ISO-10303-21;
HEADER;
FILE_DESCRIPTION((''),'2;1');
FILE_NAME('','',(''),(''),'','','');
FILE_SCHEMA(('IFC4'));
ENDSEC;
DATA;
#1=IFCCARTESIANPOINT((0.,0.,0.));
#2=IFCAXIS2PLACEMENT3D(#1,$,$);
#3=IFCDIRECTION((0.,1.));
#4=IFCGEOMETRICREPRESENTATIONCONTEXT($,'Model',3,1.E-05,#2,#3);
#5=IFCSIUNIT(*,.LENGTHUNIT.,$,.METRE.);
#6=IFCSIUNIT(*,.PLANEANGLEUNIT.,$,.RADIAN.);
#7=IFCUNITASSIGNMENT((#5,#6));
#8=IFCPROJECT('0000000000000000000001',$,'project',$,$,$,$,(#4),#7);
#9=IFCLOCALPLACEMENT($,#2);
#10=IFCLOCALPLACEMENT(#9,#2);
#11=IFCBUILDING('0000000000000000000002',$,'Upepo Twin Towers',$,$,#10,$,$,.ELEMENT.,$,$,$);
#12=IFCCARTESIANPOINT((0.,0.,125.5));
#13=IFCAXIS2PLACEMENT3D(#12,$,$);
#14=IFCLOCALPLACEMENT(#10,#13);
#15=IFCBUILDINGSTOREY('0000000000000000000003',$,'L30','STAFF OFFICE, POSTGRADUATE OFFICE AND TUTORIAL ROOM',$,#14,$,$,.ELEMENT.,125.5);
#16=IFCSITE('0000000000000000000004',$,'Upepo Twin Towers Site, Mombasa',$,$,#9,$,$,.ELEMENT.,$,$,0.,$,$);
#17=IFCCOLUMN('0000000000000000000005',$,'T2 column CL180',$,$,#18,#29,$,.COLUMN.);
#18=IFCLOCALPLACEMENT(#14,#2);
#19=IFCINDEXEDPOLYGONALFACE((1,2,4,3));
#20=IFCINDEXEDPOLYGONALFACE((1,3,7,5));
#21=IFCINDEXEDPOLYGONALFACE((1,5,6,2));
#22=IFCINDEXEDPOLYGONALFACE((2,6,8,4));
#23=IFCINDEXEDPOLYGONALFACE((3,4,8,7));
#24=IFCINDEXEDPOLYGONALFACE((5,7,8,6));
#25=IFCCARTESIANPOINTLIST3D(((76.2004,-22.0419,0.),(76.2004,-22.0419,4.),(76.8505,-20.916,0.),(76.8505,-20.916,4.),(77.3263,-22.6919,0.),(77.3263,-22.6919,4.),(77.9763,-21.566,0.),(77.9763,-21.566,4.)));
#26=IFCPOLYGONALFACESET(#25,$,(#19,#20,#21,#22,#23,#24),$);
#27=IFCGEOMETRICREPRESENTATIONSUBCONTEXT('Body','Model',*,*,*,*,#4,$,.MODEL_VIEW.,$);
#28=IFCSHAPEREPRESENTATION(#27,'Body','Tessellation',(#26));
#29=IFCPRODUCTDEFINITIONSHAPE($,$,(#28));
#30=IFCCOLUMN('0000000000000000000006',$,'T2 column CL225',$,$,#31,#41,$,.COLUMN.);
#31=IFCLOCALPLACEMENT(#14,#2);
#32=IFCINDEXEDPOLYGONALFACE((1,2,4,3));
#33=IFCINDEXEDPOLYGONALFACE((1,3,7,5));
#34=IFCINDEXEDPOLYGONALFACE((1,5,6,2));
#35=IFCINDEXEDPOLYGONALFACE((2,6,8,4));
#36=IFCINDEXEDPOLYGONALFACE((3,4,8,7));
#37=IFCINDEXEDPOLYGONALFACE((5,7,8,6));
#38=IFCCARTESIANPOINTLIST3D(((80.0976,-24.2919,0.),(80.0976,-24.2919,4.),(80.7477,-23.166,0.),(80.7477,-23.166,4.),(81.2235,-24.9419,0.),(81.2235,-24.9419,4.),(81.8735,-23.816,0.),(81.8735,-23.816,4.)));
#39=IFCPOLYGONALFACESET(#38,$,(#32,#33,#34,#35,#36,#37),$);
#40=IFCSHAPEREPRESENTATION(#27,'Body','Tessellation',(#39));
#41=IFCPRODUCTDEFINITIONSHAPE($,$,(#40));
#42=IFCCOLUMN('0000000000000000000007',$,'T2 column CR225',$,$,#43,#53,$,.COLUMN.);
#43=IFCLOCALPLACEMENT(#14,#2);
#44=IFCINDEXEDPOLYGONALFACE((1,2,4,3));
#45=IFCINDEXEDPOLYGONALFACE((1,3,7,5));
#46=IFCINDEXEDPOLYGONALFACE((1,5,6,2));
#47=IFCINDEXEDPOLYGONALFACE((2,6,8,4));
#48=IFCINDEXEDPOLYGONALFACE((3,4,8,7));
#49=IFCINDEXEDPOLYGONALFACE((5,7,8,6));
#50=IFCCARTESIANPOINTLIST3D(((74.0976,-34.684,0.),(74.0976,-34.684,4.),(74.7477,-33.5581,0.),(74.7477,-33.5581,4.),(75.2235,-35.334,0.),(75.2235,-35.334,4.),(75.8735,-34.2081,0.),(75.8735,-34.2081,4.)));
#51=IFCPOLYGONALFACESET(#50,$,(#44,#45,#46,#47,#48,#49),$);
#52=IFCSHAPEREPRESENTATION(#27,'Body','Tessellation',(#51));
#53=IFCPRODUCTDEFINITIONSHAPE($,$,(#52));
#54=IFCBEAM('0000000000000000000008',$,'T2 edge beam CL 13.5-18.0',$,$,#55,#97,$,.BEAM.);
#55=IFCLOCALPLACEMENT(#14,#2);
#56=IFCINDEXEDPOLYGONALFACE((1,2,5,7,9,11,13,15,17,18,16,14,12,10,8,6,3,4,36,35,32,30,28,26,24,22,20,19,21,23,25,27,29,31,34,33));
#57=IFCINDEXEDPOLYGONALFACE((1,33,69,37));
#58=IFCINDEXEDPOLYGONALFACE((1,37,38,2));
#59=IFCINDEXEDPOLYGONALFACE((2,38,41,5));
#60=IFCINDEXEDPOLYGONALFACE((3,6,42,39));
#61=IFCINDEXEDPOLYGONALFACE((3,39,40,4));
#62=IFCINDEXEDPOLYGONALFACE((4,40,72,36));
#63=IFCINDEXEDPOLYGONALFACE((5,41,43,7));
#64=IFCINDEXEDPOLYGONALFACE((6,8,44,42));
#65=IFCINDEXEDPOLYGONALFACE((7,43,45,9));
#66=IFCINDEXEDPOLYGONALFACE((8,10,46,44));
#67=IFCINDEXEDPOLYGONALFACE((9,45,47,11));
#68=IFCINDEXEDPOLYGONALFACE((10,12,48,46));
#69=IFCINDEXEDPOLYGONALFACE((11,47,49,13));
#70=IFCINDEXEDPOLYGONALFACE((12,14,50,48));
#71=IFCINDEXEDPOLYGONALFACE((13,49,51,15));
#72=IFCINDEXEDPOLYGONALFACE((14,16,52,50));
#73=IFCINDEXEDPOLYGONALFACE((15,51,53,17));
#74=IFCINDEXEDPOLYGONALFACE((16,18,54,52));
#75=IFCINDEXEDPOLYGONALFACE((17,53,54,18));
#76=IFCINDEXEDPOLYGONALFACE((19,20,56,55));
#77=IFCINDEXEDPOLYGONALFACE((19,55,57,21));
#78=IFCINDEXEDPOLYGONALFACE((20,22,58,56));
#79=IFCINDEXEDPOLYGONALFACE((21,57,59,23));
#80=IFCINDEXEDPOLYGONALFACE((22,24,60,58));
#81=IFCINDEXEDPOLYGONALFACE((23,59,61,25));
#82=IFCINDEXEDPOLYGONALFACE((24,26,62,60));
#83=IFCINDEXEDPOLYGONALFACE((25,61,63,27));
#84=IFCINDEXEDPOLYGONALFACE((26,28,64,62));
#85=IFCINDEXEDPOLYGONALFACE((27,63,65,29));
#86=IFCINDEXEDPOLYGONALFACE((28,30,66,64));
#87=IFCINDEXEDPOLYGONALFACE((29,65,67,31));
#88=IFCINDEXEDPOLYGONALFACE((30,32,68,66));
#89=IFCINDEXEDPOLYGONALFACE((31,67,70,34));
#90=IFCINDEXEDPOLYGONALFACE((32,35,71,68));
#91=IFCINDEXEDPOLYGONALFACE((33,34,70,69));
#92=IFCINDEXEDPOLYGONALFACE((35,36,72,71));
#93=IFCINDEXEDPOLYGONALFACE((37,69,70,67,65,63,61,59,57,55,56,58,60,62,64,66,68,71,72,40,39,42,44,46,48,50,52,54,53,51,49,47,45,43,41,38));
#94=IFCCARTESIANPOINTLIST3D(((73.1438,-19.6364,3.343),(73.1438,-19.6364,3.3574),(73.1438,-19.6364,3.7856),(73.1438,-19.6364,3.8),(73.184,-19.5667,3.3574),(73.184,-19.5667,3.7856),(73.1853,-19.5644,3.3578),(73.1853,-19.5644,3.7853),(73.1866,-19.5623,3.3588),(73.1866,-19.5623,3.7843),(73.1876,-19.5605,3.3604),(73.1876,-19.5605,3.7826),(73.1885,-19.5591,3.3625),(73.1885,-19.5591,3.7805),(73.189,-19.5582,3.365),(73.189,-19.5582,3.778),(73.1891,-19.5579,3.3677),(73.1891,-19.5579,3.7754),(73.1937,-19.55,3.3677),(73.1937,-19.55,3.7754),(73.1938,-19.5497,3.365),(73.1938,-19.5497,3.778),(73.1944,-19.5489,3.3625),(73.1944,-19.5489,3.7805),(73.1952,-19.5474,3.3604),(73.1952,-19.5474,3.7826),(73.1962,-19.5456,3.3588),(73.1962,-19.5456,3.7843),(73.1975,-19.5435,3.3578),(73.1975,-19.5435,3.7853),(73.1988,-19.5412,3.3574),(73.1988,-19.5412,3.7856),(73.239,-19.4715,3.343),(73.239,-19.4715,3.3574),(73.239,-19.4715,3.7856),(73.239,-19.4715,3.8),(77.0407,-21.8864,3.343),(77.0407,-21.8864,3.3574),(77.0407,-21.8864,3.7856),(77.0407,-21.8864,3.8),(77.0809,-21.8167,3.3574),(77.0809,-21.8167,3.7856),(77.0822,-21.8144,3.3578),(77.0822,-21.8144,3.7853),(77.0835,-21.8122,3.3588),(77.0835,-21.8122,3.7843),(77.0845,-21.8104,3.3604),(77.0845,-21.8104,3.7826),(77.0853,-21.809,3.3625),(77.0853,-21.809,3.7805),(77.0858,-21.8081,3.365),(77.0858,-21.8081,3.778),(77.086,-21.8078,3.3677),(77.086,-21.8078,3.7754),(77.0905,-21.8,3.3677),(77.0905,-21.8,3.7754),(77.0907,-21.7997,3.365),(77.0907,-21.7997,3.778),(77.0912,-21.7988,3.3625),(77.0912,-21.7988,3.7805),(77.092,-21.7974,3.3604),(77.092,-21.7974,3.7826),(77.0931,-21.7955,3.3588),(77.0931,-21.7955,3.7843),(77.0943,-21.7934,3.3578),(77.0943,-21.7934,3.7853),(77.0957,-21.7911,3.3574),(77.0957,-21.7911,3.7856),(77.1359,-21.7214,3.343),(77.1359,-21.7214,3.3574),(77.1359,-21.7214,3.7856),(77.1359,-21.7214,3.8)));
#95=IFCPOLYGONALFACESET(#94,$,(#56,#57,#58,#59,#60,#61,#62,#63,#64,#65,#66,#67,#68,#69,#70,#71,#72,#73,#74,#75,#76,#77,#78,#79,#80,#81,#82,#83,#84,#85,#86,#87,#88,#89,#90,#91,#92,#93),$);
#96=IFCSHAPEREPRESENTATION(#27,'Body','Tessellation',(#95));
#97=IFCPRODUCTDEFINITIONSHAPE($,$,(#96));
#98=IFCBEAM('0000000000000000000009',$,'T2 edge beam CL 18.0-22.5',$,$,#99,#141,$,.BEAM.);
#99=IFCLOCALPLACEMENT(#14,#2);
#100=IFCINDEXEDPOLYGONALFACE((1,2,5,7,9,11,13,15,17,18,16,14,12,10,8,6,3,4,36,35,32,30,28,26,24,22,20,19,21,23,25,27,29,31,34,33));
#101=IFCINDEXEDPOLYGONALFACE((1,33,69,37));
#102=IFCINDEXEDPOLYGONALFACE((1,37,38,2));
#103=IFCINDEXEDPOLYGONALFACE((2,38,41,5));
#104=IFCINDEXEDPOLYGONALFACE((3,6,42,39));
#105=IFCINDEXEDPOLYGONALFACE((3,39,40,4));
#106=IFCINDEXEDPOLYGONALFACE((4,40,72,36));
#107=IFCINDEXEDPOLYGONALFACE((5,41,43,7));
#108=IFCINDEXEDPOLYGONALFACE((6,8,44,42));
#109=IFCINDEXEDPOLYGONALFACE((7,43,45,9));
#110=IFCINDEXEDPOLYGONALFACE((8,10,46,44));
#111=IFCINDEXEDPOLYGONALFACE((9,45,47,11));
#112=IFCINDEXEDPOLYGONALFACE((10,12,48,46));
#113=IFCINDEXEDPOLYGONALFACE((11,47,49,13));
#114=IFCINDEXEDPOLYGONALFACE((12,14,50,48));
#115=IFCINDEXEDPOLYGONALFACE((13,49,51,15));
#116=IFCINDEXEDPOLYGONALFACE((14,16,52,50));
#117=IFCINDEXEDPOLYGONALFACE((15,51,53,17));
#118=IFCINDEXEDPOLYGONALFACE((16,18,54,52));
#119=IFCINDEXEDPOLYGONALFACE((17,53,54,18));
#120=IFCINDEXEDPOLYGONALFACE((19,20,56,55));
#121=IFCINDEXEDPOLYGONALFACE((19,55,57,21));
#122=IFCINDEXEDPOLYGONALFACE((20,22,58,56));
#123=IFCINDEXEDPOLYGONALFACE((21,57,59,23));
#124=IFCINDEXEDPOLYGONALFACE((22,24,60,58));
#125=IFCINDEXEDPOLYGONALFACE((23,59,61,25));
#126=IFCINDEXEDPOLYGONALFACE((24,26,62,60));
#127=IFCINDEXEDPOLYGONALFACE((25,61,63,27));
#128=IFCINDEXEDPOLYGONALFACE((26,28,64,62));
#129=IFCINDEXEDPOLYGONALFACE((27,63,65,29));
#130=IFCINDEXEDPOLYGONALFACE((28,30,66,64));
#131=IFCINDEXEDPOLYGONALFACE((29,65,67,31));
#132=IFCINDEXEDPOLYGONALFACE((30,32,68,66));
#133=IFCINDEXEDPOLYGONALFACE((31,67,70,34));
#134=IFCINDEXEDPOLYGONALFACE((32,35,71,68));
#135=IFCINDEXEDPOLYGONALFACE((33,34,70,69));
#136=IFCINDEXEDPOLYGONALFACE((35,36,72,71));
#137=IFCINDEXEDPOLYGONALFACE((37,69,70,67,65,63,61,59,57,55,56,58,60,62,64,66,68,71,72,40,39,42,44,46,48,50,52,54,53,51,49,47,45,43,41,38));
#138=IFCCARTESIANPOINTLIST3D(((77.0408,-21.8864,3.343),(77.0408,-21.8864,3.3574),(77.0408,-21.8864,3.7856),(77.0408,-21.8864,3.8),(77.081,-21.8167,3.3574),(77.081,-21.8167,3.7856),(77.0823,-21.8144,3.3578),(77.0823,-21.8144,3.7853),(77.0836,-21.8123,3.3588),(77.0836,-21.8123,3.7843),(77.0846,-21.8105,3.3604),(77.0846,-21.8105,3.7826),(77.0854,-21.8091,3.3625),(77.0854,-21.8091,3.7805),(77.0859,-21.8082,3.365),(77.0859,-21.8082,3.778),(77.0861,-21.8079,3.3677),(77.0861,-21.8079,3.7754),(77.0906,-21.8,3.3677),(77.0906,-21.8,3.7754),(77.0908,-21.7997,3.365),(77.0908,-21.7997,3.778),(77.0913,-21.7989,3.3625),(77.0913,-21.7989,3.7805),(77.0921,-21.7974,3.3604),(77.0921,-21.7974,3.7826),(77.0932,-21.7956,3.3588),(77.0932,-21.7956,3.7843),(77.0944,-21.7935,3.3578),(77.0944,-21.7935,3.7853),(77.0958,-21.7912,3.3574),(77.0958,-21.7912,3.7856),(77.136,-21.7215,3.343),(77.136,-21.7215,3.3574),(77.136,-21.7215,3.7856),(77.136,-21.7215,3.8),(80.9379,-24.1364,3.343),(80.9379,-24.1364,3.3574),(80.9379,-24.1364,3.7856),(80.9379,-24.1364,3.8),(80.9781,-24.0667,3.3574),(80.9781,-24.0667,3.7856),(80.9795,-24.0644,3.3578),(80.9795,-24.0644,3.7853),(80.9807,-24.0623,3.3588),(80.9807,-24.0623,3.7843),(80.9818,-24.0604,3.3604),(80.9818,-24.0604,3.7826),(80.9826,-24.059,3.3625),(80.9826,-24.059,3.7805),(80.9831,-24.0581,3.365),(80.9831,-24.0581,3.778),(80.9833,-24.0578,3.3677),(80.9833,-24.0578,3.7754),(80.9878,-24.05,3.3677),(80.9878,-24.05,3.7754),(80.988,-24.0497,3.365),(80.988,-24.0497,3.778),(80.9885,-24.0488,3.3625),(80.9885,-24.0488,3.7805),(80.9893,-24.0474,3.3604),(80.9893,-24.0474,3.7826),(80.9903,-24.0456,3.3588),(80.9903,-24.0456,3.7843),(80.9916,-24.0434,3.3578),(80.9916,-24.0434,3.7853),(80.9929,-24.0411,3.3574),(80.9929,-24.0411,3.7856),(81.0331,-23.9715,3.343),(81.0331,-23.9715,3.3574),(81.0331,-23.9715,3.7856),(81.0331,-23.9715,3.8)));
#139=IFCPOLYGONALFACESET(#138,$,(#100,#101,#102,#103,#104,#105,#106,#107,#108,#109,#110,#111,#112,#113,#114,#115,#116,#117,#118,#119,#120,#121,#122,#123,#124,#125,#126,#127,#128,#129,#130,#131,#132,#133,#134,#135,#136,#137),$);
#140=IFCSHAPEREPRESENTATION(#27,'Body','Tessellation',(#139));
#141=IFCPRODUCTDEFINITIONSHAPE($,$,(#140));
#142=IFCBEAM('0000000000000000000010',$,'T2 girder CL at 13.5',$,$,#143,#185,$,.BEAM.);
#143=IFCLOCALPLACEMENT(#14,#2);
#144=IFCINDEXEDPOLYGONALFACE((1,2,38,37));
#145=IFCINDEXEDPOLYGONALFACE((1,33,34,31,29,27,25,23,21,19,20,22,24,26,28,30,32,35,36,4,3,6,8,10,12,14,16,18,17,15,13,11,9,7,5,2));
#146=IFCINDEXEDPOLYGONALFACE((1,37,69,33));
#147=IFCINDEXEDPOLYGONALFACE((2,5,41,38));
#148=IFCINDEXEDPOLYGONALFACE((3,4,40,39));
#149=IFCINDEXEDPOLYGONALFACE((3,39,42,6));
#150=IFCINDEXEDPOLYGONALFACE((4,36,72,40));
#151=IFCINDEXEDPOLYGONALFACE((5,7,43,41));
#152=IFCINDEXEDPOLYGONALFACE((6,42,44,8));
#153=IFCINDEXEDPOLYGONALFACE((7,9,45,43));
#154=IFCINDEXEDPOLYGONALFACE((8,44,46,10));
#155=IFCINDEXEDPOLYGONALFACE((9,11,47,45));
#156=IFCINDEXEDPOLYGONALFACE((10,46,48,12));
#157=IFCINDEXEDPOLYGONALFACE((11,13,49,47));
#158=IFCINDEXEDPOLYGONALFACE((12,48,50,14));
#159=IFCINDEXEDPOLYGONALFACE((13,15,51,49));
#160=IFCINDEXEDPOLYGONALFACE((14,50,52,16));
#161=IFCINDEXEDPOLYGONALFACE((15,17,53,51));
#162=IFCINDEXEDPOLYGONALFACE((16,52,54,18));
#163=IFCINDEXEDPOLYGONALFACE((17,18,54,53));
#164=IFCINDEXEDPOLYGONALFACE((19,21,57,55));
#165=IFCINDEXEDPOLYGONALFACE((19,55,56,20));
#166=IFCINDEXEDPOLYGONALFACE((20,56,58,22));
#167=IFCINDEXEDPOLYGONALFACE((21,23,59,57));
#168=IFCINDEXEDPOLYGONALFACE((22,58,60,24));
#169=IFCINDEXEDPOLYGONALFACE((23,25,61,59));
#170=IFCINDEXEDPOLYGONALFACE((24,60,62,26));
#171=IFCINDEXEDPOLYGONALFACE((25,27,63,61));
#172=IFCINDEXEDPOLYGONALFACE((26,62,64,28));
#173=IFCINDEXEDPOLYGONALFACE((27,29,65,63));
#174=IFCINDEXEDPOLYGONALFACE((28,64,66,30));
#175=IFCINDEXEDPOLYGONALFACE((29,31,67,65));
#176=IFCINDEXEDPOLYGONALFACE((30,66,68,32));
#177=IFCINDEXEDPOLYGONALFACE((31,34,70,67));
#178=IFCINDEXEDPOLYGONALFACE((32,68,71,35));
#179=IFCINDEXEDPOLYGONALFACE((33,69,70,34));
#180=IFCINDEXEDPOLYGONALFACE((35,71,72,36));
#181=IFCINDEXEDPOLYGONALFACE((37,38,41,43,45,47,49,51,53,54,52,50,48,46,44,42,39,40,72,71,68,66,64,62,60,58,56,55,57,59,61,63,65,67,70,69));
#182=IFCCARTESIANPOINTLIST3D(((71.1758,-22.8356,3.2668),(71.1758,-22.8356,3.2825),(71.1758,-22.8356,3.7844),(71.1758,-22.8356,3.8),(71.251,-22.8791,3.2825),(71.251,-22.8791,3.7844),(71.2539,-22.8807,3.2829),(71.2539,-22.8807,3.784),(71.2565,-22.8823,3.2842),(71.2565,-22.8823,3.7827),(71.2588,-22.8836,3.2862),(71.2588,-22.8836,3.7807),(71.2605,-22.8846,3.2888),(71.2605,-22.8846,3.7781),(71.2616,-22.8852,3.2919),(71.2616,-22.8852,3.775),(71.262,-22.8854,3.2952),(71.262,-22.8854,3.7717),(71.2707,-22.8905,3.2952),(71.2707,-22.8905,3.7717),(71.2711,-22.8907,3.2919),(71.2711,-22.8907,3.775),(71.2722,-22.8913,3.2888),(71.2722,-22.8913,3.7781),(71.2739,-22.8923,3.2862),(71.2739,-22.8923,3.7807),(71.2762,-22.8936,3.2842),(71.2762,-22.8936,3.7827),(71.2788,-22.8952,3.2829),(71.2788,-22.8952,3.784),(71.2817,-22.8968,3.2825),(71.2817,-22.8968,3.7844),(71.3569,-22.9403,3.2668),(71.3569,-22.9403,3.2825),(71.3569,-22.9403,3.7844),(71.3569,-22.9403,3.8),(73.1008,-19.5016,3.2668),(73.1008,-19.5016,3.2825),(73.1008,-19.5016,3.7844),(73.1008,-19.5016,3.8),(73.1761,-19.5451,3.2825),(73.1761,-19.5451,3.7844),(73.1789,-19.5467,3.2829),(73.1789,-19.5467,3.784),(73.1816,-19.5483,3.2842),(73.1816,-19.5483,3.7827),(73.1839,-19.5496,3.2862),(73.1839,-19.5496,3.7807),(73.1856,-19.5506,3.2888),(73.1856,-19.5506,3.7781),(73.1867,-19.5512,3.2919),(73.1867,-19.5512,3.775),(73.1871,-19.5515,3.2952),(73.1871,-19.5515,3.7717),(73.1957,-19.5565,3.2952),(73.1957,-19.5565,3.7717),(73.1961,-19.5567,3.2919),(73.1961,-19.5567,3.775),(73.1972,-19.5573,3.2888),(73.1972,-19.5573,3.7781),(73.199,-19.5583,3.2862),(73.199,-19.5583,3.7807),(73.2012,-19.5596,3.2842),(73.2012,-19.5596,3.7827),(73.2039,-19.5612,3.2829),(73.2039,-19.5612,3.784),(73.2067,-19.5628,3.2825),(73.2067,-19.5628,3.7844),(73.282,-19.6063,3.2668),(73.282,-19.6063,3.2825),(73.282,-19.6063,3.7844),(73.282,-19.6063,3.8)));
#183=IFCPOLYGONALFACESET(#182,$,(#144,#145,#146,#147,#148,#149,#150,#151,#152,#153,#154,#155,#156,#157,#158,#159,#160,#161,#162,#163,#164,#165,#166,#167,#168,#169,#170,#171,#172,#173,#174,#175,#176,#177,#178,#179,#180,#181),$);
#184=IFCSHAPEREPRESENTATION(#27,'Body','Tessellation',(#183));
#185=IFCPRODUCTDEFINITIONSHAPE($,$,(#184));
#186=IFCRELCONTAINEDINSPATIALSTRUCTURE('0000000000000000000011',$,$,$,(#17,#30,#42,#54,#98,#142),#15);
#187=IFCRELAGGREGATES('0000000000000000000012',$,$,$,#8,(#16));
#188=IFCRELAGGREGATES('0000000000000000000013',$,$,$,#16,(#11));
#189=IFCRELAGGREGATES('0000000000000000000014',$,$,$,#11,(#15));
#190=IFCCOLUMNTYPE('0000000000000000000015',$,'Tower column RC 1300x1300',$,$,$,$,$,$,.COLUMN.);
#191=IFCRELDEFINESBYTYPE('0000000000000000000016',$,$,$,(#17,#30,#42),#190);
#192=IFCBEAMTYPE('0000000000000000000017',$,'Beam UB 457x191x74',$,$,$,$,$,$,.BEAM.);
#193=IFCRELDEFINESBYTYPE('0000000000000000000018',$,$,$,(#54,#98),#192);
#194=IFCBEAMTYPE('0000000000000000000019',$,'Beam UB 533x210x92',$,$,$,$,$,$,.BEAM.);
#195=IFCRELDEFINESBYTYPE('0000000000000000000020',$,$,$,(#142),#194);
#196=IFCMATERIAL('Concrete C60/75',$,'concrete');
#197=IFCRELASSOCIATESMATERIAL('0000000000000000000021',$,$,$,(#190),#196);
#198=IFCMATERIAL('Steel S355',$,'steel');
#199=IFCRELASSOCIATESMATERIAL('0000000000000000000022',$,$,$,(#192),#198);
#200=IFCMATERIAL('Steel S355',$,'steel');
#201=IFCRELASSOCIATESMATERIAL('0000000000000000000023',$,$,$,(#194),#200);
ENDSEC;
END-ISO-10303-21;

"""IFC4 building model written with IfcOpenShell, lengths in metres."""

from ifc_helpers import new_model, si_unit, direction, frame, origin, origin_2d, place, context, subcontext, project, spatial, rectangle, i_section, extrude, material, material_profile, profile_set, type_object, element, save


model = new_model("IFC4")

# Units and contexts
model_context = context("Model", 3, precision=1e-05, world=origin(), true_north=direction((0.0, 1.0)))
body_context = subcontext(model_context, "Body", "Model", "MODEL_VIEW")
ifc_project = project(units=[si_unit("LENGTHUNIT", "METRE"), si_unit("PLANEANGLEUNIT", "RADIAN")], contexts=[model_context])

# Site, building, storey
site_placement = place(None, origin())
site = spatial("IfcSite", under=ifc_project, at=site_placement, Name="Upepo Twin Towers Site, Mombasa", CompositionType="ELEMENT", RefElevation=0.0)
building_placement = place(site_placement, origin())
building = spatial("IfcBuilding", under=site, at=building_placement, Name="Upepo Twin Towers", CompositionType="ELEMENT")
storey_placement = place(building_placement, frame((0.0, 0.0, 125.5)))
storey = spatial("IfcBuildingStorey", under=building, at=storey_placement, Name="L30", Description="STAFF OFFICE, POSTGRADUATE OFFICE AND TUTORIAL ROOM", CompositionType="ELEMENT", Elevation=125.5)

# Columns
ifc_material_1 = material(Name="Concrete C60/75", Category="concrete")
ifc_material_profile_1 = material_profile(ifc_material_1, rectangle(XDim=1.3, YDim=1.3, at=origin_2d()), Name="RC 1300x1300")
ifc_profile_set_1 = profile_set([ifc_material_profile_1], Name="Concrete C60/75")
column_type = type_object("IfcColumnType", Name="Tower column RC 1300x1300", PredefinedType="COLUMN", material=ifc_profile_set_1)
for number, where, z_axis, x_axis, name in (
    (1, (77.0884, -21.804, 0.0), (0.0, 0.0, 1.0), (0.5, 0.866025, 0.0), "T2 column CL180"),
    (2, (80.9856, -24.054, 0.0), (0.0, 0.0, 1.0), (0.5, 0.866025, 0.0), "T2 column CL225"),
    (3, (74.9856, -34.446, 0.0), (0.0, 0.0, 1.0), (0.5, 0.866025, 0.0), "T2 column CR225"),
):
    element("IfcColumn", number, at=place(storey_placement, frame(where, z_axis=z_axis, x_axis=x_axis)), inside=storey, type_object=column_type, Name=name, PredefinedType="COLUMN", context=body_context, shape_type="SweptSolid", body=[
        extrude(rectangle(XDim=1.3, YDim=1.3, at=origin_2d()), origin(), (0.0, 0.0, 1.0), 4.0),
    ])

# Beams
ifc_material_2 = material(Name="Steel S355", Category="steel")
ifc_material_profile_2 = material_profile(ifc_material_2, i_section(OverallWidth=0.1904, OverallDepth=0.457, WebThickness=0.009, FlangeThickness=0.0144, FilletRadius=0.0103, at=origin_2d()), Name="UB 457x191x74")
ifc_profile_set_2 = profile_set([ifc_material_profile_2], Name="Steel S355")
beam_type_1 = type_object("IfcBeamType", Name="Beam UB 457x191x74", PredefinedType="BEAM", material=ifc_profile_set_2)
beam_1_placement = place(storey_placement, frame((73.1914, -19.554, 3.5715), z_axis=(0.866018, -0.500014, 0.0), x_axis=(0.500014, 0.866018, 0.0)))
element("IfcBeam", 4, at=beam_1_placement, inside=storey, type_object=beam_type_1, Name="T2 edge beam CL 13.5-18.0", PredefinedType="BEAM", context=body_context, shape_type="SweptSolid", body=[
    extrude(i_section(OverallWidth=0.1904, OverallDepth=0.457, WebThickness=0.009, FlangeThickness=0.0144, FilletRadius=0.0103, at=origin_2d()), origin(), (0.0, 0.0, 1.0), 4.4998),
])
beam_2_placement = place(storey_placement, frame((77.0884, -21.804, 3.5715), z_axis=(0.866031, -0.49999, 0.0), x_axis=(0.49999, 0.866031, 0.0)))
element("IfcBeam", 5, at=beam_2_placement, inside=storey, type_object=beam_type_1, Name="T2 edge beam CL 18.0-22.5", PredefinedType="BEAM", context=body_context, shape_type="SweptSolid", body=[
    extrude(i_section(OverallWidth=0.1904, OverallDepth=0.457, WebThickness=0.009, FlangeThickness=0.0144, FilletRadius=0.0103, at=origin_2d()), origin(), (0.0, 0.0, 1.0), 4.5),
])
ifc_material_3 = material(Name="Steel S355", Category="steel")
ifc_material_profile_3 = material_profile(ifc_material_3, i_section(OverallWidth=0.2092, OverallDepth=0.5332, WebThickness=0.01, FlangeThickness=0.0156, FilletRadius=0.0127, at=origin_2d()), Name="UB 533x210x92")
ifc_profile_set_3 = profile_set([ifc_material_profile_3], Name="Steel S355")
beam_type_2 = type_object("IfcBeamType", Name="Beam UB 533x210x92", PredefinedType="BEAM", material=ifc_profile_set_3)
beam_3_placement = place(storey_placement, frame((73.1914, -19.554, 3.5334), z_axis=(-0.500034, -0.866006, 0.0), x_axis=(0.866006, -0.500034, 0.0)))
element("IfcBeam", 6, at=beam_3_placement, inside=storey, type_object=beam_type_2, Name="T2 girder CL at 13.5", PredefinedType="BEAM", context=body_context, shape_type="SweptSolid", body=[
    extrude(i_section(OverallWidth=0.2092, OverallDepth=0.5332, WebThickness=0.01, FlangeThickness=0.0156, FilletRadius=0.0127, at=origin_2d()), origin(), (0.0, 0.0, 1.0), 3.8499),
])

save(model, "model.ifc")
